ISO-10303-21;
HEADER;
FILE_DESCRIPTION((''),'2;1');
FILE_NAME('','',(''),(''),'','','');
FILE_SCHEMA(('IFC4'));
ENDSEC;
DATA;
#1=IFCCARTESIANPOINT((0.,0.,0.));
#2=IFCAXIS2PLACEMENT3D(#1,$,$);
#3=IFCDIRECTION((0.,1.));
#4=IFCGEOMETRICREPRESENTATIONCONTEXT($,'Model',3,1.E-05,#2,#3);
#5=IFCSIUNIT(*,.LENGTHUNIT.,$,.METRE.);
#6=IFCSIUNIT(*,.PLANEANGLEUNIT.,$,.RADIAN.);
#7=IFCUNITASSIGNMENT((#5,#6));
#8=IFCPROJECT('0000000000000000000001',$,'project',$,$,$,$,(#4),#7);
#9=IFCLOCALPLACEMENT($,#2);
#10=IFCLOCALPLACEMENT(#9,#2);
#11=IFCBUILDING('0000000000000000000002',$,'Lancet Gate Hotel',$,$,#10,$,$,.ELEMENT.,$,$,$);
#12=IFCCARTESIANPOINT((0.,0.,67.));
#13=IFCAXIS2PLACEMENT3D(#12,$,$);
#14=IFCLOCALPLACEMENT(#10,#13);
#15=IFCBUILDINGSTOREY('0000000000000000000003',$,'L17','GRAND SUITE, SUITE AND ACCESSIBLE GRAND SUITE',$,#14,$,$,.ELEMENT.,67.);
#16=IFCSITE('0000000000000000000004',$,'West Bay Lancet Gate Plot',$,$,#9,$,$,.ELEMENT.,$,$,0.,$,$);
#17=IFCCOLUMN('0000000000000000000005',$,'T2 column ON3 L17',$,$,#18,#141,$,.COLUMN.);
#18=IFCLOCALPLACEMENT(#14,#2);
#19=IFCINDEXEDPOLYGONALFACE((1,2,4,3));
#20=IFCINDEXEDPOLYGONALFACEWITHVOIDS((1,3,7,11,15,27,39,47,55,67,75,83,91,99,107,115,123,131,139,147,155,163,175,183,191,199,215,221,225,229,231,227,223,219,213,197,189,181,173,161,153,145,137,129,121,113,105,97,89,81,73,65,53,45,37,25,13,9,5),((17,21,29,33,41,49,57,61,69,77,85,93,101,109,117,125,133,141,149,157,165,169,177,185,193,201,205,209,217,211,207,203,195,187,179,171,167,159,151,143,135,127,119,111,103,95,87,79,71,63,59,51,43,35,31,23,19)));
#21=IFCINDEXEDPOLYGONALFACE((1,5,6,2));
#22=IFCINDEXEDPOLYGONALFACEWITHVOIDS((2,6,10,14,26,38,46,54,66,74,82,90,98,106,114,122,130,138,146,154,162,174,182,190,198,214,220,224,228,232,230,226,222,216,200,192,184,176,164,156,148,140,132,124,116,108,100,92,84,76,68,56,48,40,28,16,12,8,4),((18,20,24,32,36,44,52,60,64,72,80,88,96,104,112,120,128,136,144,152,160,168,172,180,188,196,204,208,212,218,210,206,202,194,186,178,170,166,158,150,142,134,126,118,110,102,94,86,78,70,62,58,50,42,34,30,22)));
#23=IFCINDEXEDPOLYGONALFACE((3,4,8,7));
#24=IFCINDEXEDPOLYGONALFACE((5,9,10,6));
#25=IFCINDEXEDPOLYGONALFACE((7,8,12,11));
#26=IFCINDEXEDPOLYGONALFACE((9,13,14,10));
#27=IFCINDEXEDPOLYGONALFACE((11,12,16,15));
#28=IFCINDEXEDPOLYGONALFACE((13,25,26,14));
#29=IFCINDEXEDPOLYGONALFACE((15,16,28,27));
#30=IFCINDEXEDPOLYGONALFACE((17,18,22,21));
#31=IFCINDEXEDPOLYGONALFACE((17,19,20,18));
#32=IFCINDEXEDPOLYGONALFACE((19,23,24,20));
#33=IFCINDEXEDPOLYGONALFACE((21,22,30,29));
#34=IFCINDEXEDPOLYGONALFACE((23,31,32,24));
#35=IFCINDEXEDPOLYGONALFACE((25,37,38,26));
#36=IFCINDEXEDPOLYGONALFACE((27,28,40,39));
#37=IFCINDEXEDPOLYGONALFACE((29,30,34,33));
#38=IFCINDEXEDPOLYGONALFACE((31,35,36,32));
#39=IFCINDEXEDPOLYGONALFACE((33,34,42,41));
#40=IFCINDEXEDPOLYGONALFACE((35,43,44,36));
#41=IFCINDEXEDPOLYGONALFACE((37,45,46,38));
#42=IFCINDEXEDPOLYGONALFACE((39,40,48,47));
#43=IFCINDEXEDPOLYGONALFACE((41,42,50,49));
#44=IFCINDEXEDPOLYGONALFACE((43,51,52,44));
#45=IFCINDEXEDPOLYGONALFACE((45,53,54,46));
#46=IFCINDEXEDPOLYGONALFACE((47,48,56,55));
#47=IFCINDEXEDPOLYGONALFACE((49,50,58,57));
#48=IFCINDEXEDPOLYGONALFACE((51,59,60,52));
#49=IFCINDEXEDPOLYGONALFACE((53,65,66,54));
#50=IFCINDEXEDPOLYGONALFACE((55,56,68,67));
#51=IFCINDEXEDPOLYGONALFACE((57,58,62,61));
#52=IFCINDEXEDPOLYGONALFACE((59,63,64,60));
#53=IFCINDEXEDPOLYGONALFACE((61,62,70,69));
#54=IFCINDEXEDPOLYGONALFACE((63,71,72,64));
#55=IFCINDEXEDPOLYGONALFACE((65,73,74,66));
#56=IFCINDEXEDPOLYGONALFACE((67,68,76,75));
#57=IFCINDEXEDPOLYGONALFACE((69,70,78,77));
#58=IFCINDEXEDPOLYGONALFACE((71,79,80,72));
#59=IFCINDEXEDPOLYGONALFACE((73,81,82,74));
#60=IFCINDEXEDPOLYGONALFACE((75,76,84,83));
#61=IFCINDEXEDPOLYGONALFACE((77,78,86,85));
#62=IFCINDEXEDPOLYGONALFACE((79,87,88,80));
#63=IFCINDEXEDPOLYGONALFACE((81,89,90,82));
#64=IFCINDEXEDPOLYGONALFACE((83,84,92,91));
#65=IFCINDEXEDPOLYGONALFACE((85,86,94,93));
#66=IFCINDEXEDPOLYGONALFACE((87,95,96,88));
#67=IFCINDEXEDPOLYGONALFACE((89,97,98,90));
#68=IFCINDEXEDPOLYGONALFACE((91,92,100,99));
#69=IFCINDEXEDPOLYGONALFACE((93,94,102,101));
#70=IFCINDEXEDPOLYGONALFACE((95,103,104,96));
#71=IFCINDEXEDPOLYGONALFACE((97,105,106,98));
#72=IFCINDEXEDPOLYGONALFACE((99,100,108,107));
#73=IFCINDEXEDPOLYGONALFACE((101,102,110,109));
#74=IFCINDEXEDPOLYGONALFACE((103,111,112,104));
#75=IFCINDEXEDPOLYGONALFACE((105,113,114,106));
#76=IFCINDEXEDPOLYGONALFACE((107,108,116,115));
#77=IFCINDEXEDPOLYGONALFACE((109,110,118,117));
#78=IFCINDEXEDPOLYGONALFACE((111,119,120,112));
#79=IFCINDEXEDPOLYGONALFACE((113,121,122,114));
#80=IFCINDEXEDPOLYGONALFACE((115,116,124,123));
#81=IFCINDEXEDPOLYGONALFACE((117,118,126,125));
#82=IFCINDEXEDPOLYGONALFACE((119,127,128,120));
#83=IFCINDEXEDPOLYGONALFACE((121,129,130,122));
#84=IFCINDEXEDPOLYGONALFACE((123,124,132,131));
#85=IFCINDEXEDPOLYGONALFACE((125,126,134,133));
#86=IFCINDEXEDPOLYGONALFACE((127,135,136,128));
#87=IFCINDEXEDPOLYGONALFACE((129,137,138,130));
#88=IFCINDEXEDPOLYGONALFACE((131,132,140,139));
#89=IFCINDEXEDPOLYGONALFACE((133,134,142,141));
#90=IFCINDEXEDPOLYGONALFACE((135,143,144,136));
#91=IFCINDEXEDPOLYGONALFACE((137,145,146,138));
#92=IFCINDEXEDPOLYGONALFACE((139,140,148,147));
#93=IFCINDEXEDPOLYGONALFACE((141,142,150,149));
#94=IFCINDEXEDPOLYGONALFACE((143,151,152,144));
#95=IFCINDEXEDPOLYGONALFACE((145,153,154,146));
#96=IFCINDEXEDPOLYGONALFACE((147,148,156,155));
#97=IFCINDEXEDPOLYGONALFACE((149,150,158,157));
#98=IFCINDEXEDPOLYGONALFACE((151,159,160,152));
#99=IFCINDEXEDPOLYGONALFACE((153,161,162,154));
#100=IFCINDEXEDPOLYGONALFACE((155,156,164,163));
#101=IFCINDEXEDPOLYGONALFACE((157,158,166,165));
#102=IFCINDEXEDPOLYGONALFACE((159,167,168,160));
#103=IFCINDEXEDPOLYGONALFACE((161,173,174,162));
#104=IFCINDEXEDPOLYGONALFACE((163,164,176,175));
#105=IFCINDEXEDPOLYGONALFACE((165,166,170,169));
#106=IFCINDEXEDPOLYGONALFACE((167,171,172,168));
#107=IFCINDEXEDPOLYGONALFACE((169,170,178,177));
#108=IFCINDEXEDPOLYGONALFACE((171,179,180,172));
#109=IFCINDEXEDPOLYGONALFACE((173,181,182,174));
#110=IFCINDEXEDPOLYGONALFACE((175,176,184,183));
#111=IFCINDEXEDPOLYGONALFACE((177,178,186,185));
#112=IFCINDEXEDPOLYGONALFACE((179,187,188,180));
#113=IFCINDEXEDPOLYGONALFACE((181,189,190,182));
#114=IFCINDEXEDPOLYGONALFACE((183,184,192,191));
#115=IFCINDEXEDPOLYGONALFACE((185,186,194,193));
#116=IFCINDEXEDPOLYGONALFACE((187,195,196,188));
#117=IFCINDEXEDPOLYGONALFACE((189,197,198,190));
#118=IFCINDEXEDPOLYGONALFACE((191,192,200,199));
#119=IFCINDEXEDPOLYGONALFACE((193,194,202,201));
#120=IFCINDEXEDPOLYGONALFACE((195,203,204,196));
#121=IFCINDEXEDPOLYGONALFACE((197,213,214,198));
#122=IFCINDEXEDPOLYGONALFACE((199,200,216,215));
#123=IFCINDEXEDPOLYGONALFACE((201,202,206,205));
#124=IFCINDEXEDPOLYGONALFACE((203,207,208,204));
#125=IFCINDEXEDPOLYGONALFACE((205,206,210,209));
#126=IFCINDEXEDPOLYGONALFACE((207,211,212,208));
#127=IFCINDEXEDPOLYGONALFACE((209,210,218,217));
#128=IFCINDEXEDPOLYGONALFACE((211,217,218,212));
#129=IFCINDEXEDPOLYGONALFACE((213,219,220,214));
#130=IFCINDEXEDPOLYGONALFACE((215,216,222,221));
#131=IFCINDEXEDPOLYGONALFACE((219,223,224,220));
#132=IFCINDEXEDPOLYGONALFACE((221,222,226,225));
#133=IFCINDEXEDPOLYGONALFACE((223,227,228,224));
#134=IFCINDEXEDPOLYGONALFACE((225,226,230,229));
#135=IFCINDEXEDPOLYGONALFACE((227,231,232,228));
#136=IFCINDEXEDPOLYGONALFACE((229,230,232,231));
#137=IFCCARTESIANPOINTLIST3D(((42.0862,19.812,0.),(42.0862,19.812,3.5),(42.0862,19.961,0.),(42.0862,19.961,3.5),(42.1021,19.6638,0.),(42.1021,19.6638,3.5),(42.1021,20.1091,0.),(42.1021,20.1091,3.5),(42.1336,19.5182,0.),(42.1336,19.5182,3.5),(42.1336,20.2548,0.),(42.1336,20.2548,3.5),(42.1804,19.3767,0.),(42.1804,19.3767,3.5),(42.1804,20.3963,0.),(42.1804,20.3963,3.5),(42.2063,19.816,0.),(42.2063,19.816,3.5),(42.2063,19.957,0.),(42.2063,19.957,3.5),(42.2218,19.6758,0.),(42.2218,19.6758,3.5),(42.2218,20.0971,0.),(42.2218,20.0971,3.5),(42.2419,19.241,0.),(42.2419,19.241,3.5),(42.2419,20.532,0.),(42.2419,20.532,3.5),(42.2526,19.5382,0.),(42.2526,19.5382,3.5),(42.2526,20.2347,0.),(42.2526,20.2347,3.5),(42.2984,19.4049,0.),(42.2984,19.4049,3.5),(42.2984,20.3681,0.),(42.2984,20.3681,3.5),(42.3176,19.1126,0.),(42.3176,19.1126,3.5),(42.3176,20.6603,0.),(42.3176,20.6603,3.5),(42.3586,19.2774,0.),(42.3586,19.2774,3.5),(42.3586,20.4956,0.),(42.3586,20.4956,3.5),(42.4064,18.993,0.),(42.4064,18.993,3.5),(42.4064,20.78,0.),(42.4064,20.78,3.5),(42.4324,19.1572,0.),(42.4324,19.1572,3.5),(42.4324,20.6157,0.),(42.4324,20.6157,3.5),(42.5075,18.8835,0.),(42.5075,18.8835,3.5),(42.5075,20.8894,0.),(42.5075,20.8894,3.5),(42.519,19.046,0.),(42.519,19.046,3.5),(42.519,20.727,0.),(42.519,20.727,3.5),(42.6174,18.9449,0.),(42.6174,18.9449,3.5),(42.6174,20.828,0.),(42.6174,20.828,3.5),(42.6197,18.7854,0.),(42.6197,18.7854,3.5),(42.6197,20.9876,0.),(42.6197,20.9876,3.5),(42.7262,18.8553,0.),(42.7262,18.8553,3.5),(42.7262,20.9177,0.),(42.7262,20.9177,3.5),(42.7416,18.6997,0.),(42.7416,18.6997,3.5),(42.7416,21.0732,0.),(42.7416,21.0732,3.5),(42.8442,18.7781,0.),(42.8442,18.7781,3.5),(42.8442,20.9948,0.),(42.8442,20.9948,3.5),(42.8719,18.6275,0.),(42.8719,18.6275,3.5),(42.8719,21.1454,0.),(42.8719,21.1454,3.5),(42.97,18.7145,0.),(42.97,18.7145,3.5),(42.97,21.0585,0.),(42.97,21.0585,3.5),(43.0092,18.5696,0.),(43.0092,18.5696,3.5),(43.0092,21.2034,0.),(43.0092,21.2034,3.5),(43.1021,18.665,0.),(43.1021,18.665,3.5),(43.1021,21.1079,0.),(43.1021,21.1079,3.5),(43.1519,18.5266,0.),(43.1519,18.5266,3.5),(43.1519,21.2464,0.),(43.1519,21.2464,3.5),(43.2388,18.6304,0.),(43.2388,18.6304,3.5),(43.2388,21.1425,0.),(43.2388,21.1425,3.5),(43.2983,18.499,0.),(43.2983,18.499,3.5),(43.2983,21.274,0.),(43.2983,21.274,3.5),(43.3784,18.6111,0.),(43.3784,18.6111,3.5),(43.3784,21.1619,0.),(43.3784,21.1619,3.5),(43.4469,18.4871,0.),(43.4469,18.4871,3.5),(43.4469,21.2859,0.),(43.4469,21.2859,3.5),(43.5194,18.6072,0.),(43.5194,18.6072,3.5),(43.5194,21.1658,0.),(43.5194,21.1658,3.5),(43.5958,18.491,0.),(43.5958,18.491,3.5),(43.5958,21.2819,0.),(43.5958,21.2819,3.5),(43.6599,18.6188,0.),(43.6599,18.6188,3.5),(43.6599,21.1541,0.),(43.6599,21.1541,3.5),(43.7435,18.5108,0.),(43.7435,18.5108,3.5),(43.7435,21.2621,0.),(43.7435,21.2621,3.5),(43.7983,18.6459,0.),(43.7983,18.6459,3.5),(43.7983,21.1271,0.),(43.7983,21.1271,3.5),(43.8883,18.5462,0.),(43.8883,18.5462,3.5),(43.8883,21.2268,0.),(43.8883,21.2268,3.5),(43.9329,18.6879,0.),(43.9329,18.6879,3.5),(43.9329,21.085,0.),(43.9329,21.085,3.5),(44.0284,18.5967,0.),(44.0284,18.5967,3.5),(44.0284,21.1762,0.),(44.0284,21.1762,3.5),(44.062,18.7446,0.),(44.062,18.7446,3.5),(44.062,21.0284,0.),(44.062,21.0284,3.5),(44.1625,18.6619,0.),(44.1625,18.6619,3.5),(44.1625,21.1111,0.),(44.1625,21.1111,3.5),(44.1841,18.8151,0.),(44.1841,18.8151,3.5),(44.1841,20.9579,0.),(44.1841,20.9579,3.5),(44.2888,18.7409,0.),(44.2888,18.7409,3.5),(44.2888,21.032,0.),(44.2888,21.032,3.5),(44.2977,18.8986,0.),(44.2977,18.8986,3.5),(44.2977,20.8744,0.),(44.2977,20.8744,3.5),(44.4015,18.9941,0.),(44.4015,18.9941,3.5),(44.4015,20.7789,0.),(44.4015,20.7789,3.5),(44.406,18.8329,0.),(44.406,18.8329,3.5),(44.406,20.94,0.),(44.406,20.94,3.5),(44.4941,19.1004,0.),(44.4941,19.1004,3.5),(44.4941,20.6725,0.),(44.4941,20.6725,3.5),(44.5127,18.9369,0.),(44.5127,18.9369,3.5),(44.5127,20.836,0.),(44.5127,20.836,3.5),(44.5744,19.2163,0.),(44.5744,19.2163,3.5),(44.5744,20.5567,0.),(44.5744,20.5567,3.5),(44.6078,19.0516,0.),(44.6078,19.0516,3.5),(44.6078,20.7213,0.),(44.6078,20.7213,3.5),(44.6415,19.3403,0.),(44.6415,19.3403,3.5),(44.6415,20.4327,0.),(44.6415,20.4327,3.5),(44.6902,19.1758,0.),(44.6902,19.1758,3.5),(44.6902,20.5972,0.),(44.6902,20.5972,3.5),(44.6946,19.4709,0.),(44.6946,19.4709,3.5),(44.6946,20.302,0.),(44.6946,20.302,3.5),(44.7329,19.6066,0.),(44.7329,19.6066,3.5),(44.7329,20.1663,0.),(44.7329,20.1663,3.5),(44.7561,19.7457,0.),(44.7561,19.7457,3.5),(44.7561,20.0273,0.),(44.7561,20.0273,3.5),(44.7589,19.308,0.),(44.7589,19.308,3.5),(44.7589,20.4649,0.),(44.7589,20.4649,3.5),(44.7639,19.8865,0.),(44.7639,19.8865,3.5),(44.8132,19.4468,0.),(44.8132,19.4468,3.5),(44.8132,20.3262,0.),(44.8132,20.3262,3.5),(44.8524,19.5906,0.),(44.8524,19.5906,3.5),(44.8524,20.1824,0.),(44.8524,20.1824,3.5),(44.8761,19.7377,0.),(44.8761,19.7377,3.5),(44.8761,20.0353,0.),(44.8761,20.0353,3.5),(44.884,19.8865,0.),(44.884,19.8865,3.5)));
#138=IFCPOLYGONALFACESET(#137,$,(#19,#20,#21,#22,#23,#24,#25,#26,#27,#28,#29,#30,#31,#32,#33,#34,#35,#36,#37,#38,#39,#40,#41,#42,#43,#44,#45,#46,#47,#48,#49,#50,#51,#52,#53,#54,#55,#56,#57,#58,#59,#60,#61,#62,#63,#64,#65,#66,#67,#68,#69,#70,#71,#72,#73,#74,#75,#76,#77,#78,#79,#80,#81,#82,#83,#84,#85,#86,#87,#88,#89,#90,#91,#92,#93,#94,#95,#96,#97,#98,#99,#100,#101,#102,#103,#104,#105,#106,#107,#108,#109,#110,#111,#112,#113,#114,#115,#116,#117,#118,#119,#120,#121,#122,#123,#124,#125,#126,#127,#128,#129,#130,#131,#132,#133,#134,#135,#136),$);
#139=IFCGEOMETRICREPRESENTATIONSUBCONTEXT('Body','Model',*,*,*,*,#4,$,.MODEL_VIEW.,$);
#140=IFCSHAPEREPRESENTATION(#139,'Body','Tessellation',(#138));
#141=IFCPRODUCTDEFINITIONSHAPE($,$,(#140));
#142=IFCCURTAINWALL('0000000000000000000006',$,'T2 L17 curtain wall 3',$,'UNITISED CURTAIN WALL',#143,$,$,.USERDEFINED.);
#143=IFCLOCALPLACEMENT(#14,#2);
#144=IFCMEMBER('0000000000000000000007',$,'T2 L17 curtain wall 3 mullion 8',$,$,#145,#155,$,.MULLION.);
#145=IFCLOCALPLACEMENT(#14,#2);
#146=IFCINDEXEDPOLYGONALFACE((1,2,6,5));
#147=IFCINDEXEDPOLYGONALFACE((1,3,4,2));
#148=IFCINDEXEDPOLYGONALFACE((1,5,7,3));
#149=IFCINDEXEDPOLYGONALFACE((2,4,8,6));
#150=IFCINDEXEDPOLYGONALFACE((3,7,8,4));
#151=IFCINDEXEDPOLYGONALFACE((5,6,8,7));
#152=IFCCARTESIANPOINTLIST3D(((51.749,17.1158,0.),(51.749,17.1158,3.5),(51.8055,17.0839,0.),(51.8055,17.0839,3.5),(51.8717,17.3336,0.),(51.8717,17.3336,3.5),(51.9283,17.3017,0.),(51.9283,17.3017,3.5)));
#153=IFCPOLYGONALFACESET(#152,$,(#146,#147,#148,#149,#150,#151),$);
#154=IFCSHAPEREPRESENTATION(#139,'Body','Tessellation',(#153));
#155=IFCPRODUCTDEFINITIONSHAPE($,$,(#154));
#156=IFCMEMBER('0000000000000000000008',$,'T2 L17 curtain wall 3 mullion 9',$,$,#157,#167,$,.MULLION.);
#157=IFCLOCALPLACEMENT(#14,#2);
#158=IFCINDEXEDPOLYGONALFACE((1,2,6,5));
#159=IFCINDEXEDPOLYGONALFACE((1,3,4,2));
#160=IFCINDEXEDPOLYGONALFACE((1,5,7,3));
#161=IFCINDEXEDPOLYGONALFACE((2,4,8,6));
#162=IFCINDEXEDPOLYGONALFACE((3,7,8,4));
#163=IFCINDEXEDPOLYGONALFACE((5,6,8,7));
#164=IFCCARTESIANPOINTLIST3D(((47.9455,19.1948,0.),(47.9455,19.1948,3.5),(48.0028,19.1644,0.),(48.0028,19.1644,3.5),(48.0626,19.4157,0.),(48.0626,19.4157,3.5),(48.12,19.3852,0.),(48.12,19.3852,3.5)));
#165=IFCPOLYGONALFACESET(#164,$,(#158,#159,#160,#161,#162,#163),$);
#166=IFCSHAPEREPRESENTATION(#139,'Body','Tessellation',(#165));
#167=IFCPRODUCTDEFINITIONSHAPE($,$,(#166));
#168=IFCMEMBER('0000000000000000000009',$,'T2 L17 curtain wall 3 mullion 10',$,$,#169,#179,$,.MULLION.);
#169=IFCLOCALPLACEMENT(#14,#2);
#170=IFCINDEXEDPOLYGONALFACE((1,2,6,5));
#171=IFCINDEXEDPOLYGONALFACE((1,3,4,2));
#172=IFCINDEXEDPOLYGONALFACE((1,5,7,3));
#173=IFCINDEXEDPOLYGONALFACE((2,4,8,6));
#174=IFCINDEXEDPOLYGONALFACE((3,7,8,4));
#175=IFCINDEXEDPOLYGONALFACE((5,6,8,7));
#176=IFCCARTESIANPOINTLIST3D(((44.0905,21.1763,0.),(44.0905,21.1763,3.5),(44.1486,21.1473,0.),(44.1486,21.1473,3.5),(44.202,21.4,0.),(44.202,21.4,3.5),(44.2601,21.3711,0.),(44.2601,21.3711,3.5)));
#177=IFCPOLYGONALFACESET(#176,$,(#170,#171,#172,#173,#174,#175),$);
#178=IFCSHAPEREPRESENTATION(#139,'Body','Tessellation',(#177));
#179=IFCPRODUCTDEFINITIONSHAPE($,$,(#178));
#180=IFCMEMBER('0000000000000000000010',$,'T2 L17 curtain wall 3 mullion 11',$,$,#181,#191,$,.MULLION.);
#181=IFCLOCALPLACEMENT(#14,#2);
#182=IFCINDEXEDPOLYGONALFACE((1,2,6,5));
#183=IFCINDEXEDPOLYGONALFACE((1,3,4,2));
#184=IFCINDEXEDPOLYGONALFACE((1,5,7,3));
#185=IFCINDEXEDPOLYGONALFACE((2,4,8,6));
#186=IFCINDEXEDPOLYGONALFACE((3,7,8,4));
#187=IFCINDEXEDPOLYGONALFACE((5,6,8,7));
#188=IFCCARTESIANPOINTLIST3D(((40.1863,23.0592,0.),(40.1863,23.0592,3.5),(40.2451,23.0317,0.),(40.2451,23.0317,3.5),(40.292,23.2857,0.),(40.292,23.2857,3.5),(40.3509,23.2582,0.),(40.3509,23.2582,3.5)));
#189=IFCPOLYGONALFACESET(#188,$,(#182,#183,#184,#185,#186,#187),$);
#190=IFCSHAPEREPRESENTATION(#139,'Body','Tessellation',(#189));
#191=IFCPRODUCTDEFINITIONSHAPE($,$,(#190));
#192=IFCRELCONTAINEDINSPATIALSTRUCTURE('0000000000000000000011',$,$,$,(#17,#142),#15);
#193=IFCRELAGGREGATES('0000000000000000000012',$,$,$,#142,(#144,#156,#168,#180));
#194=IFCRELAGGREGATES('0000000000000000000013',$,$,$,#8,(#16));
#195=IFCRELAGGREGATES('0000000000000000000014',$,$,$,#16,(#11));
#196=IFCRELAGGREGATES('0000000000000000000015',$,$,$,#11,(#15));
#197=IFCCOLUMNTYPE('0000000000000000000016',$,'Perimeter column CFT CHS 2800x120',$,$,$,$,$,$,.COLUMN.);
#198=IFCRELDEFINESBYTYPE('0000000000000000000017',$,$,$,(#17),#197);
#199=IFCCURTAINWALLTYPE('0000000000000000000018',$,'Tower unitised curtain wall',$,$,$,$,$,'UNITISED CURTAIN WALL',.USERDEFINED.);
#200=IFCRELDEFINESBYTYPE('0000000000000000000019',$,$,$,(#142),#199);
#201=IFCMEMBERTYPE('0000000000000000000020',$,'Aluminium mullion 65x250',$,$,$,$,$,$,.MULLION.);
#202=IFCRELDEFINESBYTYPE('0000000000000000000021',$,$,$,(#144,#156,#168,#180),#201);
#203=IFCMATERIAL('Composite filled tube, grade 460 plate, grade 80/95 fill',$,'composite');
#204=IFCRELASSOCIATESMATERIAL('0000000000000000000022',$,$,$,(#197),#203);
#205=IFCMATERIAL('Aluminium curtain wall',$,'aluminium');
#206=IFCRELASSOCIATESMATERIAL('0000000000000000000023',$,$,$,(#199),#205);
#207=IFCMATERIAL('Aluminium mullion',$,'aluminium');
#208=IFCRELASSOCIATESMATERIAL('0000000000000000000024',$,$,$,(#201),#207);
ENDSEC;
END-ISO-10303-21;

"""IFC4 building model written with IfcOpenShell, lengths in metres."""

from ifc_helpers import new_model, si_unit, direction, frame, origin, origin_2d, place, context, subcontext, project, spatial, rectangle, hollow_circle, extrude, material, material_profile, profile_set, type_object, element, aggregate, save


model = new_model("IFC4")

# Units and contexts
model_context = context("Model", 3, precision=1e-05, world=origin(), true_north=direction((0.0, 1.0)))
body_context = subcontext(model_context, "Body", "Model", "MODEL_VIEW")
ifc_project = project(units=[si_unit("LENGTHUNIT", "METRE"), si_unit("PLANEANGLEUNIT", "RADIAN")], contexts=[model_context])

# Site, building, storey
site_placement = place(None, origin())
site = spatial("IfcSite", under=ifc_project, at=site_placement, Name="West Bay Lancet Gate Plot", CompositionType="ELEMENT", RefElevation=0.0)
building_placement = place(site_placement, origin())
building = spatial("IfcBuilding", under=site, at=building_placement, Name="Lancet Gate Hotel", CompositionType="ELEMENT")
storey_placement = place(building_placement, frame((0.0, 0.0, 67.0)))
storey = spatial("IfcBuildingStorey", under=building, at=storey_placement, Name="L17", Description="GRAND SUITE, SUITE AND ACCESSIBLE GRAND SUITE", CompositionType="ELEMENT", Elevation=67.0)

# Column
ifc_material_1 = material(Name="Composite filled tube, grade 460 plate, grade 80/95 fill", Category="composite")
ifc_material_profile_1 = material_profile(ifc_material_1, hollow_circle(Radius=1.3999, WallThickness=0.1201, at=origin_2d()), Name="CHS 2800x120")
ifc_profile_set_1 = profile_set([ifc_material_profile_1], Name="Composite filled tube, grade 460 plate, grade 80/95 fill")
column_type = type_object("IfcColumnType", Name="Perimeter column CFT CHS 2800x120", PredefinedType="COLUMN", material=ifc_profile_set_1)
for number, where, z_axis, x_axis, name in (
    (1, (43.4841, 19.8865, 0.0), (0.0, 0.0, 1.0), (1.0, 0.0, 0.0), "T2 column ON3 L17"),
):
    element("IfcColumn", number, at=place(storey_placement, frame(where, z_axis=z_axis, x_axis=x_axis)), inside=storey, type_object=column_type, Name=name, PredefinedType="COLUMN", context=body_context, shape_type="SweptSolid", body=[
        extrude(hollow_circle(Radius=1.3999, WallThickness=0.1201, at=origin_2d()), origin(), (0.0, 0.0, 1.0), 3.5),
    ])

# Curtain wall, members
ifc_material_2 = material(Name="Aluminium curtain wall", Category="aluminium")
curtain_wall_type = type_object("IfcCurtainWallType", Name="Tower unitised curtain wall", ElementType="UNITISED CURTAIN WALL", PredefinedType="USERDEFINED", material=ifc_material_2)
curtain_wall_placement = place(storey_placement, origin())
curtain_wall = element("IfcCurtainWall", 2, at=curtain_wall_placement, inside=storey, type_object=curtain_wall_type, Name="T2 L17 curtain wall 3", ObjectType="UNITISED CURTAIN WALL", PredefinedType="USERDEFINED")
ifc_material_3 = material(Name="Aluminium mullion", Category="aluminium")
ifc_material_profile_2 = material_profile(ifc_material_3, rectangle(XDim=0.0649, YDim=0.25, at=origin_2d()), Name="MULLION 65x250")
ifc_profile_set_2 = profile_set([ifc_material_profile_2], Name="Aluminium mullion")
member_type_1 = type_object("IfcMemberType", Name="Aluminium mullion 65x250", PredefinedType="MULLION", material=ifc_profile_set_2)
member_1_placement = place(storey_placement, frame((51.8386, 17.2087, 0.0), z_axis=(0.0, 0.0, 1.0), x_axis=(-0.87119, 0.490945, 0.0)))
member_1 = element("IfcMember", 3, at=member_1_placement, type_object=member_type_1, Name="T2 L17 curtain wall 3 mullion 8", PredefinedType="MULLION", context=body_context, shape_type="SweptSolid", body=[
    extrude(rectangle(XDim=0.0649, YDim=0.25, at=origin_2d()), origin(), (0.0, 0.0, 1.0), 3.5),
])
member_2_placement = place(storey_placement, frame((48.0327, 19.29, 0.0), z_axis=(0.0, 0.0, 1.0), x_axis=(-0.883403, 0.468613, 0.0)))
member_2 = element("IfcMember", 4, at=member_2_placement, type_object=member_type_1, Name="T2 L17 curtain wall 3 mullion 9", PredefinedType="MULLION", context=body_context, shape_type="SweptSolid", body=[
    extrude(rectangle(XDim=0.0649, YDim=0.25, at=origin_2d()), origin(), (0.0, 0.0, 1.0), 3.5),
])
member_3_placement = place(storey_placement, frame((44.1753, 21.2737, 0.0), z_axis=(0.0, 0.0, 1.0), x_axis=(-0.895044, 0.445978, 0.0)))
member_3 = element("IfcMember", 5, at=member_3_placement, type_object=member_type_1, Name="T2 L17 curtain wall 3 mullion 10", PredefinedType="MULLION", context=body_context, shape_type="SweptSolid", body=[
    extrude(rectangle(XDim=0.0649, YDim=0.25, at=origin_2d()), origin(), (0.0, 0.0, 1.0), 3.5),
])
member_4_placement = place(storey_placement, frame((40.2686, 23.1587, 0.0), z_axis=(0.0, 0.0, 1.0), x_axis=(-0.906105, 0.423053, 0.0)))
member_4 = element("IfcMember", 6, at=member_4_placement, type_object=member_type_1, Name="T2 L17 curtain wall 3 mullion 11", PredefinedType="MULLION", context=body_context, shape_type="SweptSolid", body=[
    extrude(rectangle(XDim=0.0649, YDim=0.25, at=origin_2d()), origin(), (0.0, 0.0, 1.0), 3.5),
])

aggregate(curtain_wall, [member_1, member_2, member_3, member_4])

save(model, "model.ifc")
